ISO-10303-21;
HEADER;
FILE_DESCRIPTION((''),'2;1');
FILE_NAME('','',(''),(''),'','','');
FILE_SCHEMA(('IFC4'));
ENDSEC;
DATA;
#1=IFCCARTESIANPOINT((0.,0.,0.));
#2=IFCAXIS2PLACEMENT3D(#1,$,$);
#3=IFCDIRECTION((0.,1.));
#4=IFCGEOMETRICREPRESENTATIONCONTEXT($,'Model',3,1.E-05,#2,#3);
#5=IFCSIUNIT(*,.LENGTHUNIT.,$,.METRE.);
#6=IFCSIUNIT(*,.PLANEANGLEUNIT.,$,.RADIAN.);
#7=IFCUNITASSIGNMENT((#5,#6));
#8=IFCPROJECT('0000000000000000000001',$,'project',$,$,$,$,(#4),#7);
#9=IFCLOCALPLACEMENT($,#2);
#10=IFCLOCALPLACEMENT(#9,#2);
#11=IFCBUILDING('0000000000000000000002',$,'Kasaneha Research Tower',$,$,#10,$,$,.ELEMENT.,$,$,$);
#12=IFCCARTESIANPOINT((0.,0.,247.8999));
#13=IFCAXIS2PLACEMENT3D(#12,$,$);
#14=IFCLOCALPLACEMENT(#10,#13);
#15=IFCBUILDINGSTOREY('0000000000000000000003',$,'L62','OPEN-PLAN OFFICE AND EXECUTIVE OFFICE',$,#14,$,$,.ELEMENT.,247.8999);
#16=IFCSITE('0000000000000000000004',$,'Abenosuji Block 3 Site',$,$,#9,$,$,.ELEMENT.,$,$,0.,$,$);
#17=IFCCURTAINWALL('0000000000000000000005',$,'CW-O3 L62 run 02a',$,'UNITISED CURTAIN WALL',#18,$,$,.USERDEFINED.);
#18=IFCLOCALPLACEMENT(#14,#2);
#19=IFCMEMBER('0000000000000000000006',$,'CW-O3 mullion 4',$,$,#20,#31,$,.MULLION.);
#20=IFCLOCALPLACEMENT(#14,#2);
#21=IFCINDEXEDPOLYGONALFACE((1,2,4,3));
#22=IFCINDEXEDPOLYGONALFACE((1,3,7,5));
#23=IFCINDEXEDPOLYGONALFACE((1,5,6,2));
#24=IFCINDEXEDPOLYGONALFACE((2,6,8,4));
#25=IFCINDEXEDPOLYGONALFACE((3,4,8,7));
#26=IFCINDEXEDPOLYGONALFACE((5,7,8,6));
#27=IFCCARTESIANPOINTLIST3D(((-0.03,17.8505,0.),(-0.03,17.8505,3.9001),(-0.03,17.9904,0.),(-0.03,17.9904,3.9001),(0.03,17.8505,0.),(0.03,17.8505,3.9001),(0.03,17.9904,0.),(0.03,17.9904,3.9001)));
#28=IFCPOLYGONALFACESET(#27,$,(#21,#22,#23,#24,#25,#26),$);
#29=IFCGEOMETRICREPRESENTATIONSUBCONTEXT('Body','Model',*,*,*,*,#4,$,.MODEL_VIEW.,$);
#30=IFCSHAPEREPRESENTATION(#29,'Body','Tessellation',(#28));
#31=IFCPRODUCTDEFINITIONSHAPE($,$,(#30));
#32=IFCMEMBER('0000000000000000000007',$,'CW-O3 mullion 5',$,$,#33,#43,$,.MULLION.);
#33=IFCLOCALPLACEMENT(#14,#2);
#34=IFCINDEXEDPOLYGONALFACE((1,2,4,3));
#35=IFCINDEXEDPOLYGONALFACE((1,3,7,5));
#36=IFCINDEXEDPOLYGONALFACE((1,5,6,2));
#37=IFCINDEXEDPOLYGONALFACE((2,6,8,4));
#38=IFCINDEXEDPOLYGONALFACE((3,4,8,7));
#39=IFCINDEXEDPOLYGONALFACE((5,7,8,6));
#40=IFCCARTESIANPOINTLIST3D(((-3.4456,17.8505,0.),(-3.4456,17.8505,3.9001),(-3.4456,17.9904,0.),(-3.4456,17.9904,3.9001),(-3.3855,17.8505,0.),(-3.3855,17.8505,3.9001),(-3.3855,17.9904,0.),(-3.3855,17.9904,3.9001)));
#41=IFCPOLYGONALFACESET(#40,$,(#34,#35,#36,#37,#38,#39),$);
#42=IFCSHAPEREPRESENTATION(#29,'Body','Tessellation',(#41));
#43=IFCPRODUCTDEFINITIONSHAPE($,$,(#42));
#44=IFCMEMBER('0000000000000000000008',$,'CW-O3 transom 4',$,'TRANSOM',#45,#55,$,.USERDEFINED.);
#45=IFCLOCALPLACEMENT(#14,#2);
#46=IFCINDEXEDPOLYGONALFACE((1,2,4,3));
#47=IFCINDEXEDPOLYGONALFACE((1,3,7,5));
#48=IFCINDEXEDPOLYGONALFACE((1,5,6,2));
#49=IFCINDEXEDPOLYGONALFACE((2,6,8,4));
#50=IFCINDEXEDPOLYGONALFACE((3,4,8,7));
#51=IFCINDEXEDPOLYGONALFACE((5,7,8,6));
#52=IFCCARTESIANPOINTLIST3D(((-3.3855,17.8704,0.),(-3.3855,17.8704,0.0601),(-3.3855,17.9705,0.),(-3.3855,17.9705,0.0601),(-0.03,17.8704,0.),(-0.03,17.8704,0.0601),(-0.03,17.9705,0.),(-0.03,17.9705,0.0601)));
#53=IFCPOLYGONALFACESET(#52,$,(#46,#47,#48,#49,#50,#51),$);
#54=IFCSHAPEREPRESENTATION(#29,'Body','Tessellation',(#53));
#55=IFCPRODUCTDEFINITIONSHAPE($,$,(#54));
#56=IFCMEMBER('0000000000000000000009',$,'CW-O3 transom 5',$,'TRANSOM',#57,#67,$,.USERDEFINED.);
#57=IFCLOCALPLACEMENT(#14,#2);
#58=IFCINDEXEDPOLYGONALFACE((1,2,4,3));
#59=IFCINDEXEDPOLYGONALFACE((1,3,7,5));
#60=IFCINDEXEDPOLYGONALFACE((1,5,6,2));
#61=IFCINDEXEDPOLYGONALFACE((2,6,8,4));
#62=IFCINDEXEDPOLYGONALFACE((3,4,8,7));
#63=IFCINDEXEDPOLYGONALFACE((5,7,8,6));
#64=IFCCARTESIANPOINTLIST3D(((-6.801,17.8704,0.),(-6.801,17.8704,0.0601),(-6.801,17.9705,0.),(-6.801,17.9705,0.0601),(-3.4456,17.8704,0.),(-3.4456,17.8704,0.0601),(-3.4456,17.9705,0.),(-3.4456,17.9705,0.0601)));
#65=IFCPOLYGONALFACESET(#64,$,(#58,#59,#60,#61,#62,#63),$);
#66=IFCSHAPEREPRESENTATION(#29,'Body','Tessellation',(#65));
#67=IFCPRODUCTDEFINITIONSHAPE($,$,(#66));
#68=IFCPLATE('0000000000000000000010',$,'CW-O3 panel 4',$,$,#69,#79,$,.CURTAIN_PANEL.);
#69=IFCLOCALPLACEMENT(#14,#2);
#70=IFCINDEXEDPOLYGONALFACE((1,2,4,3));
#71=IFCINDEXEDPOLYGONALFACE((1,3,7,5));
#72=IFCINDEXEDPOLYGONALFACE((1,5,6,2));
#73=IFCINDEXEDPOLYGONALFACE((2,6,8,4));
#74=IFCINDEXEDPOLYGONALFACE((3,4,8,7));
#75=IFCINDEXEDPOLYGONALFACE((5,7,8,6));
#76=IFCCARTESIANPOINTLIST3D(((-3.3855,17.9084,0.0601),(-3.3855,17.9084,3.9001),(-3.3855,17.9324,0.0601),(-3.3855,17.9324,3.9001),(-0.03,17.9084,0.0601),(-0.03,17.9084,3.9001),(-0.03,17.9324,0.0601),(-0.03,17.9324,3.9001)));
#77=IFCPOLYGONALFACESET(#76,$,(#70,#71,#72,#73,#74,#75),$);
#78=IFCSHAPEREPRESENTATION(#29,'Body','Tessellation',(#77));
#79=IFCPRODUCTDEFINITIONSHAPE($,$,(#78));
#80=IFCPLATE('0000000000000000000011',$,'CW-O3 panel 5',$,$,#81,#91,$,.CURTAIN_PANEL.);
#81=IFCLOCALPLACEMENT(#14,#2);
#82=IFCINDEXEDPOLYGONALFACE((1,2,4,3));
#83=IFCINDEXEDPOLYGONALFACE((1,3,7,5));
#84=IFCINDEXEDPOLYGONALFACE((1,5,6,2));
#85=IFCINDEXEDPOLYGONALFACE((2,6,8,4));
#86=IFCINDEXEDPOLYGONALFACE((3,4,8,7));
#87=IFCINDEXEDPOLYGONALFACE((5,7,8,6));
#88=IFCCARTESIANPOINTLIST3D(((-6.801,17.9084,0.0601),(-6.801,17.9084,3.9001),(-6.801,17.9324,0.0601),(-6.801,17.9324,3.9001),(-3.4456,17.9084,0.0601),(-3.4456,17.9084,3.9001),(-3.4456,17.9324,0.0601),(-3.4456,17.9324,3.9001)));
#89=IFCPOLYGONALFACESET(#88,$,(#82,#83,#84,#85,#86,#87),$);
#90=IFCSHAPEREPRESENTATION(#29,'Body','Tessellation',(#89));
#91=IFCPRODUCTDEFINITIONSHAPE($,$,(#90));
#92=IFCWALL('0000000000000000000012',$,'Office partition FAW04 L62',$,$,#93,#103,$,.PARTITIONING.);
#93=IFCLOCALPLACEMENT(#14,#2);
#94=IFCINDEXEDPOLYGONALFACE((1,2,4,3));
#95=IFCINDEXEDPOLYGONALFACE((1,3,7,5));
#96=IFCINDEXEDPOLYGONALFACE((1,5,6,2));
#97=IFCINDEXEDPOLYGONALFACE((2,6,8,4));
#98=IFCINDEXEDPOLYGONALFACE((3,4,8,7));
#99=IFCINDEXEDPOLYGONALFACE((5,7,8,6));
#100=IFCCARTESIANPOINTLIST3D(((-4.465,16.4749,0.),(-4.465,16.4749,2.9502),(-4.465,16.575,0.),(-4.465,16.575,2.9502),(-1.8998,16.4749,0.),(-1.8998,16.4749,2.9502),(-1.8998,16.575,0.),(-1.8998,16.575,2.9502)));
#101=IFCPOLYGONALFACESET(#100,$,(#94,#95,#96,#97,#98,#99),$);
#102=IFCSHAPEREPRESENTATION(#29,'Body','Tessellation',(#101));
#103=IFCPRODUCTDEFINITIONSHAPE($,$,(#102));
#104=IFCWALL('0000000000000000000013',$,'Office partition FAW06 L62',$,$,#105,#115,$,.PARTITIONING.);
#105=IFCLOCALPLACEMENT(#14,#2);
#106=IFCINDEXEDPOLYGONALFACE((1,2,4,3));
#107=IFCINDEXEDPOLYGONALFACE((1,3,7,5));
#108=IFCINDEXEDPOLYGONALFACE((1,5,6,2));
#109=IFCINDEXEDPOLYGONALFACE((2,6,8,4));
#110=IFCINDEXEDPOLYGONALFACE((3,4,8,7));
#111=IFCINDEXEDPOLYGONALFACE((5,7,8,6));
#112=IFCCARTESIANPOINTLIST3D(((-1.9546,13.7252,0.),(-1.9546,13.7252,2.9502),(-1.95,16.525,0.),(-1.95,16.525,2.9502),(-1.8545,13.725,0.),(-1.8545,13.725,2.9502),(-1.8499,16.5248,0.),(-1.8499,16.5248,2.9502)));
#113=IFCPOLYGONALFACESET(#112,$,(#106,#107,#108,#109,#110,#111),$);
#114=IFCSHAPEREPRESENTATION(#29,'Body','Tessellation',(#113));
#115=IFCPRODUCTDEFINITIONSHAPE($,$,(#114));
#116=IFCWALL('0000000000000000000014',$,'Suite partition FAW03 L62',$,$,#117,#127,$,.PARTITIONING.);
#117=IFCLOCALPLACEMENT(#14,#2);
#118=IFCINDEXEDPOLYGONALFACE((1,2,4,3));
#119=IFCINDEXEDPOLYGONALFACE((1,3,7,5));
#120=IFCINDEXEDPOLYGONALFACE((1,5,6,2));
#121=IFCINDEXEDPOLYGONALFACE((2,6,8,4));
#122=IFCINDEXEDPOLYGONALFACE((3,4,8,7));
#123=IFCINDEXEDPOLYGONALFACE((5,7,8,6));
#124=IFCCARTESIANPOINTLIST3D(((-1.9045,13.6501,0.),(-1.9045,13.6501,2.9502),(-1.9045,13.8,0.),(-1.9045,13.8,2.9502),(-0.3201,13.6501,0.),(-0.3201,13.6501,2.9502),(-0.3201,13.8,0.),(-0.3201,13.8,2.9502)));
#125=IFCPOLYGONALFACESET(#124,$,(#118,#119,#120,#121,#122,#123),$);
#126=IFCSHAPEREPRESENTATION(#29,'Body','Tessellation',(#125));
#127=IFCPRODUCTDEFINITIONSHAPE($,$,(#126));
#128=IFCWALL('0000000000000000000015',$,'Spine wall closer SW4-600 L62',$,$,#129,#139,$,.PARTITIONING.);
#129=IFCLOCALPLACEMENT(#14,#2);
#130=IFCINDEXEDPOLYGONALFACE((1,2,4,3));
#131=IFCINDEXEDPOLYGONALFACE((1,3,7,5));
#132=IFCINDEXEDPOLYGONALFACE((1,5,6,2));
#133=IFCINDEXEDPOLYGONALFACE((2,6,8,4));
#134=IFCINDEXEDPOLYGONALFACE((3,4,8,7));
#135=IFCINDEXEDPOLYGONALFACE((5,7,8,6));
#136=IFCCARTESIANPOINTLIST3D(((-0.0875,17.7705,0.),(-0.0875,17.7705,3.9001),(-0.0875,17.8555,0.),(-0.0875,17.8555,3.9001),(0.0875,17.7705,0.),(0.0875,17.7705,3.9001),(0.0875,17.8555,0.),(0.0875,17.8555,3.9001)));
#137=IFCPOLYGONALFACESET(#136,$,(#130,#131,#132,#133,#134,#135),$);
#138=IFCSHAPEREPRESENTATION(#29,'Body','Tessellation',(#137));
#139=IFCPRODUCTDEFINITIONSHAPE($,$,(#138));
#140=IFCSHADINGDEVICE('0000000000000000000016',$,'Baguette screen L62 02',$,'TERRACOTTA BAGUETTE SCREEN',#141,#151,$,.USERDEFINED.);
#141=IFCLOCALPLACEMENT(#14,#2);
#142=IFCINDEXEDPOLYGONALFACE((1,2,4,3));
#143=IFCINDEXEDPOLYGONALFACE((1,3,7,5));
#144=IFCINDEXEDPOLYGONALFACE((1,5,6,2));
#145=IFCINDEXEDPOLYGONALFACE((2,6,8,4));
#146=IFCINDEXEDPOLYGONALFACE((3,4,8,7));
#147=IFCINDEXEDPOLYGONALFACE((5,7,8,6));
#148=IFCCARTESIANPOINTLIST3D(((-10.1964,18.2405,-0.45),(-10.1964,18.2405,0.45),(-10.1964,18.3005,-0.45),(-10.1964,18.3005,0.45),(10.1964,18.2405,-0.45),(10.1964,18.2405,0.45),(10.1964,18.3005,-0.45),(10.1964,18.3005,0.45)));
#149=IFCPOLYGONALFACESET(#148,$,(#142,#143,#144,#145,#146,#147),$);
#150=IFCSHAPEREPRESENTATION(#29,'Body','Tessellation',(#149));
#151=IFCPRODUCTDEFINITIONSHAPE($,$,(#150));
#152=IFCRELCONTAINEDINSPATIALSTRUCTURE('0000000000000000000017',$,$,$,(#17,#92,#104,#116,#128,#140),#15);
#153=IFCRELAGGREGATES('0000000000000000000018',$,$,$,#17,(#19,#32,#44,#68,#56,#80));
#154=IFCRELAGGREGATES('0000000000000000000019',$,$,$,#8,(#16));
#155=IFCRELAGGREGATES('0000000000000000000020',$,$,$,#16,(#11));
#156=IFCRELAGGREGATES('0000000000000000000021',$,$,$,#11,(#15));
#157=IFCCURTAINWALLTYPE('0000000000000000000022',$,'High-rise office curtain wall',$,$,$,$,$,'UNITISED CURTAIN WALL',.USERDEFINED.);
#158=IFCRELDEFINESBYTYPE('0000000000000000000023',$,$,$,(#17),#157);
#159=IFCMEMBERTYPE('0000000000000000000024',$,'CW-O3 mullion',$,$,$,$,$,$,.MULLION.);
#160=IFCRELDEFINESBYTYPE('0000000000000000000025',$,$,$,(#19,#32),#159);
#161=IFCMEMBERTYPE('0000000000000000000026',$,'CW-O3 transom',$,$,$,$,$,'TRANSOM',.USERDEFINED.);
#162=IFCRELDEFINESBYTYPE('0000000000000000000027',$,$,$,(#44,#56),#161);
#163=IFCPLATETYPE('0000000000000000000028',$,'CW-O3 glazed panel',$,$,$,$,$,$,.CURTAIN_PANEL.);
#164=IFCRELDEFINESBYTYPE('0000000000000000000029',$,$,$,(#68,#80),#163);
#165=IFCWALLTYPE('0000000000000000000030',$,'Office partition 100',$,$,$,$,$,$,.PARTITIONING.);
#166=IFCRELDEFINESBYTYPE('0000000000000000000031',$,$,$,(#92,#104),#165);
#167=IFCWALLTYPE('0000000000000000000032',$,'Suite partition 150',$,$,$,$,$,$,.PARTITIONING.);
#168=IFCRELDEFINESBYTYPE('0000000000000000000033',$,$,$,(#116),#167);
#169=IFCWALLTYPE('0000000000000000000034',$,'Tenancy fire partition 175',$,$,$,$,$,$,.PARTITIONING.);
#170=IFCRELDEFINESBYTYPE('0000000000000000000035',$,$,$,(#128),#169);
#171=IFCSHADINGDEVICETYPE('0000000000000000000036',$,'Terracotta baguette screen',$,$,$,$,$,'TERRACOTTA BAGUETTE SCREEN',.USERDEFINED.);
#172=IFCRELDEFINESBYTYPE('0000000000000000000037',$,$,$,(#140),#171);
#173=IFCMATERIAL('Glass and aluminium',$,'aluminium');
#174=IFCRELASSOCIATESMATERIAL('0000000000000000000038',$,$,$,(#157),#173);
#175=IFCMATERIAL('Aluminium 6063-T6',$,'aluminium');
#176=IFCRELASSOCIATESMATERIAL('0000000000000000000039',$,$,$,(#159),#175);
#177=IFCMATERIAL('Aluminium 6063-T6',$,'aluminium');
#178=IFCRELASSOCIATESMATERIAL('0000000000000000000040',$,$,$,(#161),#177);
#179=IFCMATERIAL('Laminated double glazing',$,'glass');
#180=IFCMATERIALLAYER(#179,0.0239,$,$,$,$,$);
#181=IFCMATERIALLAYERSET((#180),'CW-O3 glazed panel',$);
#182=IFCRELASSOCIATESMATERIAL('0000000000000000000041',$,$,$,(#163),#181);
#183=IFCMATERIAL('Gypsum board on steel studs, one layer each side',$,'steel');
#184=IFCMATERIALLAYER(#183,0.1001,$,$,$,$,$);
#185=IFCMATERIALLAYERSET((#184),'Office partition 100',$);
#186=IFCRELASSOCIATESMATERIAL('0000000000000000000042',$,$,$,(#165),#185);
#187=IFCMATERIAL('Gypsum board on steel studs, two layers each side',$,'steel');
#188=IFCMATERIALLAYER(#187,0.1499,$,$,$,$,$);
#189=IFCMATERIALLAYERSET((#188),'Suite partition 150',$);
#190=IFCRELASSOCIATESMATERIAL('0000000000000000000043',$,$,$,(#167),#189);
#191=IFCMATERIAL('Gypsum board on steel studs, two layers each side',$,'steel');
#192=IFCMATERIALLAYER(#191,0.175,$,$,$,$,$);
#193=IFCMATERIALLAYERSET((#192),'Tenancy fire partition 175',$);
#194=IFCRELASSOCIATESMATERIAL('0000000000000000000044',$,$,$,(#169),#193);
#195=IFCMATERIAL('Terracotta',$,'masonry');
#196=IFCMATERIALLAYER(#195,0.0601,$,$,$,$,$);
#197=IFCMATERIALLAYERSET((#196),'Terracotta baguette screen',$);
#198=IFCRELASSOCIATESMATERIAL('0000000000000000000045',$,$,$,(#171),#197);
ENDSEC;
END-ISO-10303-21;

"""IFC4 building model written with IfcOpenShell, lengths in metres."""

from ifc_helpers import new_model, si_unit, direction, frame, frame_2d, origin, origin_2d, place, context, subcontext, project, spatial, rectangle, extrude, material, layer, layer_set, material_profile, profile_set, type_object, element, aggregate, save


model = new_model("IFC4")

# Units and contexts
model_context = context("Model", 3, precision=1e-05, world=origin(), true_north=direction((0.0, 1.0)))
body_context = subcontext(model_context, "Body", "Model", "MODEL_VIEW")
ifc_project = project(units=[si_unit("LENGTHUNIT", "METRE"), si_unit("PLANEANGLEUNIT", "RADIAN")], contexts=[model_context])

# Site, building, storey
site_placement = place(None, origin())
site = spatial("IfcSite", under=ifc_project, at=site_placement, Name="Abenosuji Block 3 Site", CompositionType="ELEMENT", RefElevation=0.0)
building_placement = place(site_placement, origin())
building = spatial("IfcBuilding", under=site, at=building_placement, Name="Kasaneha Research Tower", CompositionType="ELEMENT")
storey_placement = place(building_placement, frame((0.0, 0.0, 247.8999)))
storey = spatial("IfcBuildingStorey", under=building, at=storey_placement, Name="L62", Description="OPEN-PLAN OFFICE AND EXECUTIVE OFFICE", CompositionType="ELEMENT", Elevation=247.8999)

# Curtain wall, members, plates
ifc_material_1 = material(Name="Glass and aluminium", Category="aluminium")
curtain_wall_type = type_object("IfcCurtainWallType", Name="High-rise office curtain wall", ElementType="UNITISED CURTAIN WALL", PredefinedType="USERDEFINED", material=ifc_material_1)
curtain_wall_placement = place(storey_placement, origin())
curtain_wall = element("IfcCurtainWall", 1, at=curtain_wall_placement, inside=storey, type_object=curtain_wall_type, Name="CW-O3 L62 run 02a", ObjectType="UNITISED CURTAIN WALL", PredefinedType="USERDEFINED")
ifc_material_2 = material(Name="Aluminium 6063-T6", Category="aluminium")
ifc_material_profile_1 = material_profile(ifc_material_2, rectangle(XDim=0.0601, YDim=0.1399, at=origin_2d()), Name="CW-O3 mullion 60x140")
ifc_profile_set_1 = profile_set([ifc_material_profile_1], Name="Aluminium 6063-T6")
member_type_1 = type_object("IfcMemberType", Name="CW-O3 mullion", PredefinedType="MULLION", material=ifc_profile_set_1)
member_1_placement = place(storey_placement, frame((0.0, 17.9204, 0.0), z_axis=(0.0, 0.0, 1.0), x_axis=(-1.0, 0.0, 0.0)))
member_1 = element("IfcMember", 2, at=member_1_placement, type_object=member_type_1, Name="CW-O3 mullion 4", PredefinedType="MULLION", context=body_context, shape_type="SweptSolid", body=[
    extrude(rectangle(XDim=0.0601, YDim=0.1399, at=origin_2d()), origin(), (0.0, 0.0, 1.0), 3.9001),
])
member_2_placement = place(storey_placement, frame((-3.4155, 17.9204, 0.0), z_axis=(0.0, 0.0, 1.0), x_axis=(-1.0, 0.0, 0.0)))
member_2 = element("IfcMember", 3, at=member_2_placement, type_object=member_type_1, Name="CW-O3 mullion 5", PredefinedType="MULLION", context=body_context, shape_type="SweptSolid", body=[
    extrude(rectangle(XDim=0.0601, YDim=0.1399, at=origin_2d()), origin(), (0.0, 0.0, 1.0), 3.9001),
])
ifc_material_3 = material(Name="Aluminium 6063-T6", Category="aluminium")
ifc_material_profile_2 = material_profile(ifc_material_3, rectangle(XDim=0.1001, YDim=0.0601, at=origin_2d()), Name="CW-O3 transom 100x60")
ifc_profile_set_2 = profile_set([ifc_material_profile_2], Name="Aluminium 6063-T6")
member_type_2 = type_object("IfcMemberType", Name="CW-O3 transom", ElementType="TRANSOM", PredefinedType="USERDEFINED", material=ifc_profile_set_2)
member_3_placement = place(storey_placement, frame((-0.03, 17.9204, 0.03), z_axis=(-1.0, 0.0, 0.0), x_axis=(0.0, -1.0, 0.0)))
member_3 = element("IfcMember", 4, at=member_3_placement, type_object=member_type_2, Name="CW-O3 transom 4", ObjectType="TRANSOM", PredefinedType="USERDEFINED", context=body_context, shape_type="SweptSolid", body=[
    extrude(rectangle(XDim=0.1001, YDim=0.0601, at=origin_2d()), origin(), (0.0, 0.0, 1.0), 3.3555),
])
member_4_placement = place(storey_placement, frame((-3.4456, 17.9204, 0.03), z_axis=(-1.0, 0.0, 0.0), x_axis=(0.0, -1.0, 0.0)))
member_4 = element("IfcMember", 5, at=member_4_placement, type_object=member_type_2, Name="CW-O3 transom 5", ObjectType="TRANSOM", PredefinedType="USERDEFINED", context=body_context, shape_type="SweptSolid", body=[
    extrude(rectangle(XDim=0.1001, YDim=0.0601, at=origin_2d()), origin(), (0.0, 0.0, 1.0), 3.3555),
])
ifc_material_4 = material(Name="Laminated double glazing", Category="glass")
ifc_layer_1 = layer(ifc_material_4, 0.0239)
ifc_layer_set_1 = layer_set([ifc_layer_1], Name="CW-O3 glazed panel")
plate_type = type_object("IfcPlateType", Name="CW-O3 glazed panel", PredefinedType="CURTAIN_PANEL", material=ifc_layer_set_1)
plate_1_placement = place(storey_placement, frame((-1.7078, 17.9204, 0.0601), z_axis=(0.0, 0.0, 1.0), x_axis=(-1.0, 0.0, 0.0)))
plate_1 = element("IfcPlate", 6, at=plate_1_placement, type_object=plate_type, Name="CW-O3 panel 4", PredefinedType="CURTAIN_PANEL", context=body_context, shape_type="SweptSolid", body=[
    extrude(rectangle(XDim=3.3555, YDim=0.0239, at=origin_2d()), origin(), (0.0, 0.0, 1.0), 3.8401),
])
plate_2_placement = place(storey_placement, frame((-5.1233, 17.9204, 0.0601), z_axis=(0.0, 0.0, 1.0), x_axis=(-1.0, 0.0, 0.0)))
plate_2 = element("IfcPlate", 7, at=plate_2_placement, type_object=plate_type, Name="CW-O3 panel 5", PredefinedType="CURTAIN_PANEL", context=body_context, shape_type="SweptSolid", body=[
    extrude(rectangle(XDim=3.3555, YDim=0.0239, at=origin_2d()), origin(), (0.0, 0.0, 1.0), 3.8401),
])
aggregate(curtain_wall, [member_1, member_2, member_3, plate_1, member_4, plate_2])

# Walls
ifc_material_5 = material(Name="Gypsum board on steel studs, one layer each side", Category="steel")
ifc_layer_2 = layer(ifc_material_5, 0.1001)
ifc_layer_set_2 = layer_set([ifc_layer_2], Name="Office partition 100")
wall_type_1 = type_object("IfcWallType", Name="Office partition 100", PredefinedType="PARTITIONING", material=ifc_layer_set_2)
wall_1_placement = place(storey_placement, frame((-4.4651, 16.5249, 0.0), z_axis=(0.0, 0.0, 1.0), x_axis=(1.0, 0.0, 0.0)))
element("IfcWall", 8, at=wall_1_placement, inside=storey, type_object=wall_type_1, Name="Office partition FAW04 L62", PredefinedType="PARTITIONING", context=body_context, shape_type="SweptSolid", body=[
    extrude(rectangle(XDim=2.5652, YDim=0.1001, at=frame_2d((1.2827, 0.0))), origin(), (0.0, 0.0, 1.0), 2.9502),
])
wall_2_placement = place(storey_placement, frame((-1.8999, 16.5249, 0.0), z_axis=(0.0, 0.0, 1.0), x_axis=(-0.001657, -0.999999, 0.0)))
element("IfcWall", 9, at=wall_2_placement, inside=storey, type_object=wall_type_1, Name="Office partition FAW06 L62", PredefinedType="PARTITIONING", context=body_context, shape_type="SweptSolid", body=[
    extrude(rectangle(XDim=2.7998, YDim=0.1001, at=frame_2d((1.3999, 0.0))), origin(), (0.0, 0.0, 1.0), 2.9502),
])
ifc_material_6 = material(Name="Gypsum board on steel studs, two layers each side", Category="steel")
ifc_layer_3 = layer(ifc_material_6, 0.1499)
ifc_layer_set_3 = layer_set([ifc_layer_3], Name="Suite partition 150")
wall_type_2 = type_object("IfcWallType", Name="Suite partition 150", PredefinedType="PARTITIONING", material=ifc_layer_set_3)
wall_3_placement = place(storey_placement, frame((-1.9045, 13.7251, 0.0), z_axis=(0.0, 0.0, 1.0), x_axis=(1.0, 0.0, 0.0)))
element("IfcWall", 10, at=wall_3_placement, inside=storey, type_object=wall_type_2, Name="Suite partition FAW03 L62", PredefinedType="PARTITIONING", context=body_context, shape_type="SweptSolid", body=[
    extrude(rectangle(XDim=1.5845, YDim=0.1499, at=frame_2d((0.7922, 0.0))), origin(), (0.0, 0.0, 1.0), 2.9502),
])
ifc_material_7 = material(Name="Gypsum board on steel studs, two layers each side", Category="steel")
ifc_layer_4 = layer(ifc_material_7, 0.175)
ifc_layer_set_4 = layer_set([ifc_layer_4], Name="Tenancy fire partition 175")
wall_type_3 = type_object("IfcWallType", Name="Tenancy fire partition 175", PredefinedType="PARTITIONING", material=ifc_layer_set_4)
wall_4_placement = place(storey_placement, frame((0.0, 17.7705, 0.0), z_axis=(0.0, 0.0, 1.0), x_axis=(0.0, 1.0, 0.0)))
element("IfcWall", 11, at=wall_4_placement, inside=storey, type_object=wall_type_3, Name="Spine wall closer SW4-600 L62", PredefinedType="PARTITIONING", context=body_context, shape_type="SweptSolid", body=[
    extrude(rectangle(XDim=0.085, YDim=0.175, at=frame_2d((0.0425, 0.0))), origin(), (0.0, 0.0, 1.0), 3.9001),
])

# Shading device
ifc_material_8 = material(Name="Terracotta", Category="masonry")
ifc_layer_5 = layer(ifc_material_8, 0.0601)
ifc_layer_set_5 = layer_set([ifc_layer_5], Name="Terracotta baguette screen")
shading_device_type = type_object("IfcShadingDeviceType", Name="Terracotta baguette screen", ElementType="TERRACOTTA BAGUETTE SCREEN", PredefinedType="USERDEFINED", material=ifc_layer_set_5)
shading_device_placement = place(storey_placement, frame((0.0, 18.2705, -0.45), z_axis=(0.0, 0.0, 1.0), x_axis=(-1.0, 0.0, 0.0)))
element("IfcShadingDevice", 12, at=shading_device_placement, inside=storey, type_object=shading_device_type, Name="Baguette screen L62 02", ObjectType="TERRACOTTA BAGUETTE SCREEN", PredefinedType="USERDEFINED", context=body_context, shape_type="SweptSolid", body=[
    extrude(rectangle(XDim=20.3928, YDim=0.0601, at=origin_2d()), origin(), (0.0, 0.0, 1.0), 0.8999),
])

save(model, "model.ifc")
